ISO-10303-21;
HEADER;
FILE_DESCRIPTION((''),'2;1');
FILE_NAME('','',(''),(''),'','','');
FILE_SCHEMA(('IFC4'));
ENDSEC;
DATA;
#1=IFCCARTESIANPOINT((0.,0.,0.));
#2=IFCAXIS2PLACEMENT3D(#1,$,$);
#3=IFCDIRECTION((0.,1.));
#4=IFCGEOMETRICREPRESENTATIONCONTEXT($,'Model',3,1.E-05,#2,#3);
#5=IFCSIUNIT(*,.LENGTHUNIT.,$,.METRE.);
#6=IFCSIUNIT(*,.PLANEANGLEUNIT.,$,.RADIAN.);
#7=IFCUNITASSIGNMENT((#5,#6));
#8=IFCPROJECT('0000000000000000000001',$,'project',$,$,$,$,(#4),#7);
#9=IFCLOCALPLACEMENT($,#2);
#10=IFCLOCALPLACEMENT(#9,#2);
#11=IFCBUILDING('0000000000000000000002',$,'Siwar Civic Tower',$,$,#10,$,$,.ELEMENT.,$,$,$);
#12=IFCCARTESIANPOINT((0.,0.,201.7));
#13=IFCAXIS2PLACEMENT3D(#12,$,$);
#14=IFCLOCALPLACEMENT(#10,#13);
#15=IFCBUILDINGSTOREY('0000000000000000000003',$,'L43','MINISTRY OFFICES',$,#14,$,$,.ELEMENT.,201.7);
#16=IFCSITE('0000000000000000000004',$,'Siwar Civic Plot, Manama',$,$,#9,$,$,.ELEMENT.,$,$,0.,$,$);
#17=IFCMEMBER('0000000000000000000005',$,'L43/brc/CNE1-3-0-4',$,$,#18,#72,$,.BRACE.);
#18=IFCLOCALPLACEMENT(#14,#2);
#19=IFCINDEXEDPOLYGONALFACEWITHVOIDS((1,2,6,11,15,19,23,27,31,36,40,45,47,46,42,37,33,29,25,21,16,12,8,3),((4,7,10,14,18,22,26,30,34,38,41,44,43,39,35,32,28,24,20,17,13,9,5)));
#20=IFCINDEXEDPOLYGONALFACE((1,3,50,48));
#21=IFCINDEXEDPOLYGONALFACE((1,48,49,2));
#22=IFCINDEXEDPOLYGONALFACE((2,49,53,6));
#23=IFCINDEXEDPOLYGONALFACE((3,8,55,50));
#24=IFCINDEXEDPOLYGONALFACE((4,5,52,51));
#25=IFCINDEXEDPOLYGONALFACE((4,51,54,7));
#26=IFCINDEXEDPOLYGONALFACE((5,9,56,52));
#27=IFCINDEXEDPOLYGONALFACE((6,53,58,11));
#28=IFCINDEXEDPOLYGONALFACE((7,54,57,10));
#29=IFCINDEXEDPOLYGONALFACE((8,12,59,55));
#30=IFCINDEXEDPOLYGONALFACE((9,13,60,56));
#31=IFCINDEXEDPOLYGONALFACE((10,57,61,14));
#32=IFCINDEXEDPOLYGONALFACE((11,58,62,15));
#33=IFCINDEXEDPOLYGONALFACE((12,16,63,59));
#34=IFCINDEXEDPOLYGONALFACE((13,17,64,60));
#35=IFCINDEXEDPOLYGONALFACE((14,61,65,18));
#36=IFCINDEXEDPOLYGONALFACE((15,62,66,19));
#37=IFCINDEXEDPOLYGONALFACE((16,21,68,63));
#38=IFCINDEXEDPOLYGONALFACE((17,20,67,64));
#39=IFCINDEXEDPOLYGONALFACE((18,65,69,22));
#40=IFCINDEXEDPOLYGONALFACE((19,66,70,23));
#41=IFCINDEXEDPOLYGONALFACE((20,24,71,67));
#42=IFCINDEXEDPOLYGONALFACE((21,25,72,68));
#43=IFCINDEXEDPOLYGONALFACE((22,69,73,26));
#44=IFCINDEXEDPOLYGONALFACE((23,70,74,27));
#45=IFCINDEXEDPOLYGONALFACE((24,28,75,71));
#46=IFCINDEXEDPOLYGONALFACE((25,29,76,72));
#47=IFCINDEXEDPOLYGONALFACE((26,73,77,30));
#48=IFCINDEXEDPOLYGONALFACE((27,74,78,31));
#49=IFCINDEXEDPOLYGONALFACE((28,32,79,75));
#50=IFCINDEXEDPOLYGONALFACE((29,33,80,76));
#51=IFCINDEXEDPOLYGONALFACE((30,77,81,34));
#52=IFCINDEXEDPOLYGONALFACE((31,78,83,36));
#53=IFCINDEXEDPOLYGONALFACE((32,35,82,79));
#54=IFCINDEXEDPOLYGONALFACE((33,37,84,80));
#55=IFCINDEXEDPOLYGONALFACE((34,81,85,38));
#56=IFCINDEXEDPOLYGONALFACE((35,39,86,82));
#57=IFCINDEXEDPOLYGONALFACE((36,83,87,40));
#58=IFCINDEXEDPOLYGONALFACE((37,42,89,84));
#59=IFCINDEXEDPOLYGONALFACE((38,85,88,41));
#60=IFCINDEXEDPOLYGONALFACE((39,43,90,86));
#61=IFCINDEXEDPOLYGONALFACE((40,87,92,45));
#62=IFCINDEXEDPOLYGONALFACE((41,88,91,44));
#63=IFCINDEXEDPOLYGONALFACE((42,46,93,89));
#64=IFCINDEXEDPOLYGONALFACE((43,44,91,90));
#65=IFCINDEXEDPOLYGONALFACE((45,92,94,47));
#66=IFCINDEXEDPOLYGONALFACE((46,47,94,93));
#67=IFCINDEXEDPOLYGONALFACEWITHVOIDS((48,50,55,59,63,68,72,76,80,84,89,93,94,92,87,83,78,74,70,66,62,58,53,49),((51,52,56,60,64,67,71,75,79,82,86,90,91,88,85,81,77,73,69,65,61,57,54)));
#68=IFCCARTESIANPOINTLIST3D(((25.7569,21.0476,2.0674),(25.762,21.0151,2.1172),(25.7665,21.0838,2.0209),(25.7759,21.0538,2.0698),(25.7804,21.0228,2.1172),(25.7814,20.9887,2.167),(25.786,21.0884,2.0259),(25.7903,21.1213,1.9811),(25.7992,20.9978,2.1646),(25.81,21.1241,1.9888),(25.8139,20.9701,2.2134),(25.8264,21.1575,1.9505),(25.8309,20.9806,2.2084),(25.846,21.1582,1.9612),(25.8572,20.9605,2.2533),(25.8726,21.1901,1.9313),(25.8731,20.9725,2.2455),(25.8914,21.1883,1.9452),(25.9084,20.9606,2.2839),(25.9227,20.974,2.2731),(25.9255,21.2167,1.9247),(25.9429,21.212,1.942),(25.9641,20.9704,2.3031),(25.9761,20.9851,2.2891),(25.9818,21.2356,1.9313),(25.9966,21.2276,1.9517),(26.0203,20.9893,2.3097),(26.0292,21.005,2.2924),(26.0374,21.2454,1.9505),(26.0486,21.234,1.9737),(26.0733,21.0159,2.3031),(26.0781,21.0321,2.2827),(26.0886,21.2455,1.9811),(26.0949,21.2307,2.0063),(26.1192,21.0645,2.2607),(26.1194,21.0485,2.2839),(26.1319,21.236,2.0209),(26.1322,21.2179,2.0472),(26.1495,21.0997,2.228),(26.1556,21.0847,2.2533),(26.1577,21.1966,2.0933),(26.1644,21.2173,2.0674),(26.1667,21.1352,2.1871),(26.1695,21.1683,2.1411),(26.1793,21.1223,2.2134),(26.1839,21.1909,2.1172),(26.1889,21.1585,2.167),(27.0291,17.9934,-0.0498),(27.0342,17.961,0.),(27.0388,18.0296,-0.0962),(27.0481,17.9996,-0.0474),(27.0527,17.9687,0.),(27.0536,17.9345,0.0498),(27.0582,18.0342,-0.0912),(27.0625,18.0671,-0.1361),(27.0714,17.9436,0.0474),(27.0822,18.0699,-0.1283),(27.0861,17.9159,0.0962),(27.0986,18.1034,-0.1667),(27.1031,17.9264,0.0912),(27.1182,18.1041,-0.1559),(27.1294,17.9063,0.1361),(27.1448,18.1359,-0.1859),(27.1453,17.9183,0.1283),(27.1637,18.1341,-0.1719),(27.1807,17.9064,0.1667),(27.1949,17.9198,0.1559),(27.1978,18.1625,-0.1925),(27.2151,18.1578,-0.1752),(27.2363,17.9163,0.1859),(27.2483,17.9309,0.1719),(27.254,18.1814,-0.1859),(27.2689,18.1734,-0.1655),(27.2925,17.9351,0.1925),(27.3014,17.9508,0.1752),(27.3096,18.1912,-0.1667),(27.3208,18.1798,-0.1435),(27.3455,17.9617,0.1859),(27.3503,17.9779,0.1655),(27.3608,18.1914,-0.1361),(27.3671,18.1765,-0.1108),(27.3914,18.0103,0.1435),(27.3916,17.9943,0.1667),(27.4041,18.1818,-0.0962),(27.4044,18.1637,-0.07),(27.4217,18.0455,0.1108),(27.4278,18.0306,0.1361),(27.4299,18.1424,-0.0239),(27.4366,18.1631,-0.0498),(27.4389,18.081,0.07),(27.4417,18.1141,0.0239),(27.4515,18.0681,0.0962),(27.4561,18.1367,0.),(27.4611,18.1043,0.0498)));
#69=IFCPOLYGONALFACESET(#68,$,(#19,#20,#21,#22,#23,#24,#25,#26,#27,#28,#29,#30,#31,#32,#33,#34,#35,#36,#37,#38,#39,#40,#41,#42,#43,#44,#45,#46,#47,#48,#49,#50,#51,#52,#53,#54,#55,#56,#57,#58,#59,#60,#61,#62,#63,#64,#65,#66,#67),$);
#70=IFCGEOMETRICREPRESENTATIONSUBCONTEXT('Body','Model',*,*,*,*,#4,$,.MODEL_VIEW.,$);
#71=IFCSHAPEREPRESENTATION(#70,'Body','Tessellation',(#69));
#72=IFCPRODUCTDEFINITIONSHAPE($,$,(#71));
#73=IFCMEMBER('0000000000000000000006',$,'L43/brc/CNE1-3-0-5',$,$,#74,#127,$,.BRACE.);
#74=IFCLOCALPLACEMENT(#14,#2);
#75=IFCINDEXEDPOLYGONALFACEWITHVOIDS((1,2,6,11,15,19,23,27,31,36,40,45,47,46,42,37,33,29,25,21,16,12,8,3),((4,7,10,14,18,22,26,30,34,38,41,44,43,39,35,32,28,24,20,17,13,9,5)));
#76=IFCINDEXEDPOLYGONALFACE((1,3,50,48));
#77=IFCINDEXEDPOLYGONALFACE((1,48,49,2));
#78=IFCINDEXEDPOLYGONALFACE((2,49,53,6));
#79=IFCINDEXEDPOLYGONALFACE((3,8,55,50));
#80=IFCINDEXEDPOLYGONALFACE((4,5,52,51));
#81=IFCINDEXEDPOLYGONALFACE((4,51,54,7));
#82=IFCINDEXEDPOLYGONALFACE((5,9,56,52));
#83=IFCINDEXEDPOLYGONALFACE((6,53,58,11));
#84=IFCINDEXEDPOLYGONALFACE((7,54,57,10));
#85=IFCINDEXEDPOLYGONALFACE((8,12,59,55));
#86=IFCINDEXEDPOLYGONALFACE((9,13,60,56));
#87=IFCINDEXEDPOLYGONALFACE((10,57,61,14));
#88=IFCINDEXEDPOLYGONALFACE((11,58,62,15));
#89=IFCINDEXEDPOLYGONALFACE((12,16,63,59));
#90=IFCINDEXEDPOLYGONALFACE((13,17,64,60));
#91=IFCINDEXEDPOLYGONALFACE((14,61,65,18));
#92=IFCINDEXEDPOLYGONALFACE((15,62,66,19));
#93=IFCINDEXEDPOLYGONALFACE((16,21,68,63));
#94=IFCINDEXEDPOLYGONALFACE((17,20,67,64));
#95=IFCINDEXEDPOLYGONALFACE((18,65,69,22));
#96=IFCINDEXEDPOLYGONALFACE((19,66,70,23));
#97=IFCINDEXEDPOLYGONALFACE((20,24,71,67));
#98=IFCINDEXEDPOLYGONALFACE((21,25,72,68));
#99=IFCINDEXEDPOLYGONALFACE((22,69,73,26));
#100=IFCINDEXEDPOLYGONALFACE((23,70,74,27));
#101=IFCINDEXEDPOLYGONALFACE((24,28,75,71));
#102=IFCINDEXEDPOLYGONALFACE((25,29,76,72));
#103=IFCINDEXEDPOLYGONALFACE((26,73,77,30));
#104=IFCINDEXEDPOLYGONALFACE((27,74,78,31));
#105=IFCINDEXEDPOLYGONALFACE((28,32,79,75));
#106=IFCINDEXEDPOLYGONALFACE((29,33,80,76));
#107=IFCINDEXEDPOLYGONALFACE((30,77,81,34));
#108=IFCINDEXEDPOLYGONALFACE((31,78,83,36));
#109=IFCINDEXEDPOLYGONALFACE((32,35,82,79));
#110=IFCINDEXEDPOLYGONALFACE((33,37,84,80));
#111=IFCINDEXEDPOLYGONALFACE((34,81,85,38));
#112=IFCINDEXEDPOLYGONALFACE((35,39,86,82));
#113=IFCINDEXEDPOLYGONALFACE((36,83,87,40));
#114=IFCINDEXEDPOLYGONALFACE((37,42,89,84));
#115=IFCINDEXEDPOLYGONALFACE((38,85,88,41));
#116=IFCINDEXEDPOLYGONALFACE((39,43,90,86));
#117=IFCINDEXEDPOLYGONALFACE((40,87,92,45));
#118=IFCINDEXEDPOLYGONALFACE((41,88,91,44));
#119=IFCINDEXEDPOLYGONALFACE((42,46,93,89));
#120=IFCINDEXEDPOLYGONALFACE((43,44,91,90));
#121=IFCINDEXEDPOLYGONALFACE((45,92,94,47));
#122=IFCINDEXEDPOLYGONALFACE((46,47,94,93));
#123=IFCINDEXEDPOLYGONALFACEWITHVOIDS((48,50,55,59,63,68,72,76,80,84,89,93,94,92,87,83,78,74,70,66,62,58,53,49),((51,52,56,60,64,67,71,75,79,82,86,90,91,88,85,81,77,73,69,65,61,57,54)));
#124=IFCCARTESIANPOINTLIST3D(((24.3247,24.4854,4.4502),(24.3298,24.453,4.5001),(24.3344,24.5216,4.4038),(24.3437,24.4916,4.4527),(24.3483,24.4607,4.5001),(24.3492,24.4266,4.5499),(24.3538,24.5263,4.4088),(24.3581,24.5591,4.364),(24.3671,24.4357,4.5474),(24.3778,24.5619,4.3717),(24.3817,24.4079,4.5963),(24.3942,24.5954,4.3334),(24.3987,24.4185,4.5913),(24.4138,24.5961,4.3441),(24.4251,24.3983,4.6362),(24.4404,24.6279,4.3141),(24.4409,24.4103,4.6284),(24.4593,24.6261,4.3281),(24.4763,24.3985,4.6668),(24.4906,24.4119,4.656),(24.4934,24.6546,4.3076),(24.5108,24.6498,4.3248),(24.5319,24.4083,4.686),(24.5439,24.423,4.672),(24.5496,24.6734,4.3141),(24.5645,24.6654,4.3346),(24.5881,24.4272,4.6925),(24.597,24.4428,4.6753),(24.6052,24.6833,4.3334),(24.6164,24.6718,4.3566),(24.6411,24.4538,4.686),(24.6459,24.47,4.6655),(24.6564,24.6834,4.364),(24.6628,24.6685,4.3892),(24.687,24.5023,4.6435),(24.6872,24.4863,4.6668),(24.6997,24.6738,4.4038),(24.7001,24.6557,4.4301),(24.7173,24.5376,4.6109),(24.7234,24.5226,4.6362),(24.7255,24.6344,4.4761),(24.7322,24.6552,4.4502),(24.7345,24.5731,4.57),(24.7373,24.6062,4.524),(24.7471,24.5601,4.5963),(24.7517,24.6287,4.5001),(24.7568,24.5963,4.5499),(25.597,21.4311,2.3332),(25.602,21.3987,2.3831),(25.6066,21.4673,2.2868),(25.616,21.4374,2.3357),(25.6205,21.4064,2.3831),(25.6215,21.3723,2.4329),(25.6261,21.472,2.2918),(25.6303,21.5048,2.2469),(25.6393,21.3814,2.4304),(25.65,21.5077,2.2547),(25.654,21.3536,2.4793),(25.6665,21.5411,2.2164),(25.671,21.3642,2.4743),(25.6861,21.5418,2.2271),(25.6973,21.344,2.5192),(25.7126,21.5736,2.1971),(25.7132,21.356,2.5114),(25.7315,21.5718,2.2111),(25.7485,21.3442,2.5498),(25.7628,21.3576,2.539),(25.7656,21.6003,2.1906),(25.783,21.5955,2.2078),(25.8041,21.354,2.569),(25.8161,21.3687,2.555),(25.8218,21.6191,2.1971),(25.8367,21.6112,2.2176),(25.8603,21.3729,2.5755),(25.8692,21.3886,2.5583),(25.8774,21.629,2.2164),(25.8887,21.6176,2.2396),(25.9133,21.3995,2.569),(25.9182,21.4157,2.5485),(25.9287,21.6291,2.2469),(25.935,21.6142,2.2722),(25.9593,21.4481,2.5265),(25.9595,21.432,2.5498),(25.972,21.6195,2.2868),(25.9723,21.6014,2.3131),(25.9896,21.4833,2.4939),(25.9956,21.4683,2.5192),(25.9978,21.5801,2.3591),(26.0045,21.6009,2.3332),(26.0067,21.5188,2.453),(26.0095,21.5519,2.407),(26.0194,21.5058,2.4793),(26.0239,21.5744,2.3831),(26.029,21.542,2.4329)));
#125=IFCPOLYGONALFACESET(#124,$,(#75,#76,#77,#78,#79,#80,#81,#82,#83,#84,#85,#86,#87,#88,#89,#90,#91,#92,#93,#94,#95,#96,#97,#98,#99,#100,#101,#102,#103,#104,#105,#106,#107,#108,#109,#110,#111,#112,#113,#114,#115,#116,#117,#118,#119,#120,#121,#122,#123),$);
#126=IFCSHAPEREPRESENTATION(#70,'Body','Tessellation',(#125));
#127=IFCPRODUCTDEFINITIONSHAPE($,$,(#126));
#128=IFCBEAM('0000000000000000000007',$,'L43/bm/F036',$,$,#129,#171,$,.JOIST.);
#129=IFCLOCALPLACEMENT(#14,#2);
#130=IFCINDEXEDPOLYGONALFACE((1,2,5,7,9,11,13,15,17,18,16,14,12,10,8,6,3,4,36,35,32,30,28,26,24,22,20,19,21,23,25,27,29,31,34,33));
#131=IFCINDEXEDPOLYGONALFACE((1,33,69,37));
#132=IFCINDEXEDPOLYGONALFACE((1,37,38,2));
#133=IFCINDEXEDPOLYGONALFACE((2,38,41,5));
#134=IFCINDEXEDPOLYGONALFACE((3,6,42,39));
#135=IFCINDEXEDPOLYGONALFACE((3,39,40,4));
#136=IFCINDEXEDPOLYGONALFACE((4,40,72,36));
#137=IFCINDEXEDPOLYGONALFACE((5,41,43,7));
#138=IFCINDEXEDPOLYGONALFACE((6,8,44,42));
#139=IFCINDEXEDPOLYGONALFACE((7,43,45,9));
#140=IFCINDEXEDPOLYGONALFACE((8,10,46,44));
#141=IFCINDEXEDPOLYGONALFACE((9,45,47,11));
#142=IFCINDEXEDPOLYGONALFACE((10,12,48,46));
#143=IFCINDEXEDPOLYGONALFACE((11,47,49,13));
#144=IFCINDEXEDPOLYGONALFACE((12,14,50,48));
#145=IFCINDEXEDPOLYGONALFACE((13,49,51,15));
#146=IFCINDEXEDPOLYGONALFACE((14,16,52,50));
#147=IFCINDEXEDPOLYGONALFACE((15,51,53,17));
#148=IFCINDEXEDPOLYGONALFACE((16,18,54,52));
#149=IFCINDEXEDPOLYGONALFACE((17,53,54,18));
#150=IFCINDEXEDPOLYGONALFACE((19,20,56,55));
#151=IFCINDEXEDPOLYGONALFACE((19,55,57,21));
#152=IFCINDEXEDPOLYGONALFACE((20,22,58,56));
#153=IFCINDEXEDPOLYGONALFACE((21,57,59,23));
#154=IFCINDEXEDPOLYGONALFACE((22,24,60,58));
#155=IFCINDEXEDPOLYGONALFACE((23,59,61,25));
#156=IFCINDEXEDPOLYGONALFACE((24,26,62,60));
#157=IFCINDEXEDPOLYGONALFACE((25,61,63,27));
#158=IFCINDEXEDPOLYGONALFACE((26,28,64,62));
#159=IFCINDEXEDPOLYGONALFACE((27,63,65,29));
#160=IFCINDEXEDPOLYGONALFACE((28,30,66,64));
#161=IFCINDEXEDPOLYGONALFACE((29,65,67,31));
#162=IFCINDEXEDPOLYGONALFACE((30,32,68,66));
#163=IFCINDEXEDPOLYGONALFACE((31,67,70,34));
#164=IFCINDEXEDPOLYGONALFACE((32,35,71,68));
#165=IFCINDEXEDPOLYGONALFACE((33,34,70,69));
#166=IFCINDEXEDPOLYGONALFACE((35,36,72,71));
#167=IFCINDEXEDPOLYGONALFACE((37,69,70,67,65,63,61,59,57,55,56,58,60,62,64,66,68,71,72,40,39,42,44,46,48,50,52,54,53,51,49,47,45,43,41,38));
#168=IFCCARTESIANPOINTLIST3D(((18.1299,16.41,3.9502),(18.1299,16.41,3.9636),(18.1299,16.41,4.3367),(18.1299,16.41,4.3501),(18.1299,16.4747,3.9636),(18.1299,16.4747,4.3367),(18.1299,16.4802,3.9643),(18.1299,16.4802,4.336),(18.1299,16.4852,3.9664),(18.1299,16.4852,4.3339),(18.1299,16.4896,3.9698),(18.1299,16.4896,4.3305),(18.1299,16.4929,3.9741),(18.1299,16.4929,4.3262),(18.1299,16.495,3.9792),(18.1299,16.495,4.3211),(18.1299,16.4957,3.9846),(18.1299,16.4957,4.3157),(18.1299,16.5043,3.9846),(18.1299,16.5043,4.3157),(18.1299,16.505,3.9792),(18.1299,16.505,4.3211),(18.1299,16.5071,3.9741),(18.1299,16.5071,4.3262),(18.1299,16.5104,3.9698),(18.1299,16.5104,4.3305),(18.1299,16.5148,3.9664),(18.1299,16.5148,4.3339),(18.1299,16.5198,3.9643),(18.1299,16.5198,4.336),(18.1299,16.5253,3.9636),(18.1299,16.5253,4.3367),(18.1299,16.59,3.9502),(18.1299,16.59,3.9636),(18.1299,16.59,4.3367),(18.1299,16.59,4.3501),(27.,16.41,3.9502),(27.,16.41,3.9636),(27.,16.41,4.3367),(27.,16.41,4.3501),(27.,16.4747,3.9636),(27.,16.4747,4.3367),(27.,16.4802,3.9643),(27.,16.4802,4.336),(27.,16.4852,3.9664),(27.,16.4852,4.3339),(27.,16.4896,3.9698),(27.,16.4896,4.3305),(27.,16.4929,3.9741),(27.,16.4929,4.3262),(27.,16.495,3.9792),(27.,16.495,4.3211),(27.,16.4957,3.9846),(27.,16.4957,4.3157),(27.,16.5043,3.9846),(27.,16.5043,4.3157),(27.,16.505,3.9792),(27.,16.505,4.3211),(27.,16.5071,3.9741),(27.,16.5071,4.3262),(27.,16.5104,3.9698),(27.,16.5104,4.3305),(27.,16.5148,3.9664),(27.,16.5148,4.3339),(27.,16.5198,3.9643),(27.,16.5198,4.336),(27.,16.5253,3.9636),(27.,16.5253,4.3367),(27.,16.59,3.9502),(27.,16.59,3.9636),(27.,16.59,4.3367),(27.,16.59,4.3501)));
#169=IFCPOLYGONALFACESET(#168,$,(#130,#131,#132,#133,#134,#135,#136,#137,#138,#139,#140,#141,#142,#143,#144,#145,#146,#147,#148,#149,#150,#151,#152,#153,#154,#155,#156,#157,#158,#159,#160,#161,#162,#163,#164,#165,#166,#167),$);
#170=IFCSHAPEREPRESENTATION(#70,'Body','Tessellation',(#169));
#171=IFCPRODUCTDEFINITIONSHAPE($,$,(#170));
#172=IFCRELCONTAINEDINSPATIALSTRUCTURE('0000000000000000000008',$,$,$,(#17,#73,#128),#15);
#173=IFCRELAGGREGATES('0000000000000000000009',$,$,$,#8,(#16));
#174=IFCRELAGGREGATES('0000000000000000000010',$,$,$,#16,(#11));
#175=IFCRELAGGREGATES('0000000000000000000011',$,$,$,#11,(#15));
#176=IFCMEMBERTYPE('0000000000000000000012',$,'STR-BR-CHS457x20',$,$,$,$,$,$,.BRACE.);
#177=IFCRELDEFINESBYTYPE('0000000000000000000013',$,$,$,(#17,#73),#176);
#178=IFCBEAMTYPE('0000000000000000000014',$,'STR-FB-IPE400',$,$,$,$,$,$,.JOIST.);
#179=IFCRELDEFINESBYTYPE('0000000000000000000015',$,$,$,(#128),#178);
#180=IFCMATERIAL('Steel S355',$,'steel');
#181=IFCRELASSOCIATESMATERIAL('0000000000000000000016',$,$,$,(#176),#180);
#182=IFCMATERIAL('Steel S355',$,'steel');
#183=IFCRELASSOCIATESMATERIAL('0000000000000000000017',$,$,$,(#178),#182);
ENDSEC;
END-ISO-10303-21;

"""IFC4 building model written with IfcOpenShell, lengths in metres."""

from ifc_helpers import new_model, si_unit, direction, frame, origin, origin_2d, place, context, subcontext, project, spatial, hollow_circle, i_section, extrude, material, material_profile, profile_set, type_object, element, save


model = new_model("IFC4")

# Units and contexts
model_context = context("Model", 3, precision=1e-05, world=origin(), true_north=direction((0.0, 1.0)))
body_context = subcontext(model_context, "Body", "Model", "MODEL_VIEW")
ifc_project = project(units=[si_unit("LENGTHUNIT", "METRE"), si_unit("PLANEANGLEUNIT", "RADIAN")], contexts=[model_context])

# Site, building, storey
site_placement = place(None, origin())
site = spatial("IfcSite", under=ifc_project, at=site_placement, Name="Siwar Civic Plot, Manama", CompositionType="ELEMENT", RefElevation=0.0)
building_placement = place(site_placement, origin())
building = spatial("IfcBuilding", under=site, at=building_placement, Name="Siwar Civic Tower", CompositionType="ELEMENT")
storey_placement = place(building_placement, frame((0.0, 0.0, 201.7)))
storey = spatial("IfcBuildingStorey", under=building, at=storey_placement, Name="L43", Description="MINISTRY OFFICES", CompositionType="ELEMENT", Elevation=201.7)

# Members
ifc_material_1 = material(Name="Steel S355", Category="steel")
ifc_material_profile_1 = material_profile(ifc_material_1, hollow_circle(Radius=0.2285, WallThickness=0.02, at=origin_2d()), Name="CHS457x20")
ifc_profile_set_1 = profile_set([ifc_material_profile_1], Name="Steel S355")
member_type_1 = type_object("IfcMemberType", Name="STR-BR-CHS457x20", PredefinedType="BRACE", material=ifc_profile_set_1)
for number, where, z_axis, x_axis, name in (
    (1, (27.2451, 18.0488, 0.0), (-0.323884, 0.777546, 0.538999), (-0.923116, -0.384521, 0.0), "L43/brc/CNE1-3-0-4"),
    (2, (25.813, 21.4866, 2.3831), (-0.323895, 0.777572, 0.538955), (-0.923116, -0.384521, 0.0), "L43/brc/CNE1-3-0-5"),
):
    element("IfcMember", number, at=place(storey_placement, frame(where, z_axis=z_axis, x_axis=x_axis)), inside=storey, type_object=member_type_1, Name=name, PredefinedType="BRACE", context=body_context, shape_type="SweptSolid", body=[
        extrude(hollow_circle(Radius=0.2285, WallThickness=0.02, at=origin_2d()), origin(), (0.0, 0.0, 1.0), 3.928),
    ])

# Beam
ifc_material_2 = material(Name="Steel S355", Category="steel")
ifc_material_profile_2 = material_profile(ifc_material_2, i_section(OverallWidth=0.1799, OverallDepth=0.3999, WebThickness=0.0085, FlangeThickness=0.0134, FilletRadius=0.021, at=origin_2d()), Name="IPE400")
ifc_profile_set_2 = profile_set([ifc_material_profile_2], Name="Steel S355")
beam_type_1 = type_object("IfcBeamType", Name="STR-FB-IPE400", PredefinedType="JOIST", material=ifc_profile_set_2)
beam_1_placement = place(storey_placement, frame((18.1299, 16.5, 4.1501), z_axis=(1.0, 0.0, 0.0), x_axis=(0.0, 1.0, 0.0)))
element("IfcBeam", 3, at=beam_1_placement, inside=storey, type_object=beam_type_1, Name="L43/bm/F036", PredefinedType="JOIST", context=body_context, shape_type="SweptSolid", body=[
    extrude(i_section(OverallWidth=0.1799, OverallDepth=0.3999, WebThickness=0.0085, FlangeThickness=0.0134, FilletRadius=0.021, at=origin_2d()), origin(), (0.0, 0.0, 1.0), 8.8701),
])

save(model, "model.ifc")
